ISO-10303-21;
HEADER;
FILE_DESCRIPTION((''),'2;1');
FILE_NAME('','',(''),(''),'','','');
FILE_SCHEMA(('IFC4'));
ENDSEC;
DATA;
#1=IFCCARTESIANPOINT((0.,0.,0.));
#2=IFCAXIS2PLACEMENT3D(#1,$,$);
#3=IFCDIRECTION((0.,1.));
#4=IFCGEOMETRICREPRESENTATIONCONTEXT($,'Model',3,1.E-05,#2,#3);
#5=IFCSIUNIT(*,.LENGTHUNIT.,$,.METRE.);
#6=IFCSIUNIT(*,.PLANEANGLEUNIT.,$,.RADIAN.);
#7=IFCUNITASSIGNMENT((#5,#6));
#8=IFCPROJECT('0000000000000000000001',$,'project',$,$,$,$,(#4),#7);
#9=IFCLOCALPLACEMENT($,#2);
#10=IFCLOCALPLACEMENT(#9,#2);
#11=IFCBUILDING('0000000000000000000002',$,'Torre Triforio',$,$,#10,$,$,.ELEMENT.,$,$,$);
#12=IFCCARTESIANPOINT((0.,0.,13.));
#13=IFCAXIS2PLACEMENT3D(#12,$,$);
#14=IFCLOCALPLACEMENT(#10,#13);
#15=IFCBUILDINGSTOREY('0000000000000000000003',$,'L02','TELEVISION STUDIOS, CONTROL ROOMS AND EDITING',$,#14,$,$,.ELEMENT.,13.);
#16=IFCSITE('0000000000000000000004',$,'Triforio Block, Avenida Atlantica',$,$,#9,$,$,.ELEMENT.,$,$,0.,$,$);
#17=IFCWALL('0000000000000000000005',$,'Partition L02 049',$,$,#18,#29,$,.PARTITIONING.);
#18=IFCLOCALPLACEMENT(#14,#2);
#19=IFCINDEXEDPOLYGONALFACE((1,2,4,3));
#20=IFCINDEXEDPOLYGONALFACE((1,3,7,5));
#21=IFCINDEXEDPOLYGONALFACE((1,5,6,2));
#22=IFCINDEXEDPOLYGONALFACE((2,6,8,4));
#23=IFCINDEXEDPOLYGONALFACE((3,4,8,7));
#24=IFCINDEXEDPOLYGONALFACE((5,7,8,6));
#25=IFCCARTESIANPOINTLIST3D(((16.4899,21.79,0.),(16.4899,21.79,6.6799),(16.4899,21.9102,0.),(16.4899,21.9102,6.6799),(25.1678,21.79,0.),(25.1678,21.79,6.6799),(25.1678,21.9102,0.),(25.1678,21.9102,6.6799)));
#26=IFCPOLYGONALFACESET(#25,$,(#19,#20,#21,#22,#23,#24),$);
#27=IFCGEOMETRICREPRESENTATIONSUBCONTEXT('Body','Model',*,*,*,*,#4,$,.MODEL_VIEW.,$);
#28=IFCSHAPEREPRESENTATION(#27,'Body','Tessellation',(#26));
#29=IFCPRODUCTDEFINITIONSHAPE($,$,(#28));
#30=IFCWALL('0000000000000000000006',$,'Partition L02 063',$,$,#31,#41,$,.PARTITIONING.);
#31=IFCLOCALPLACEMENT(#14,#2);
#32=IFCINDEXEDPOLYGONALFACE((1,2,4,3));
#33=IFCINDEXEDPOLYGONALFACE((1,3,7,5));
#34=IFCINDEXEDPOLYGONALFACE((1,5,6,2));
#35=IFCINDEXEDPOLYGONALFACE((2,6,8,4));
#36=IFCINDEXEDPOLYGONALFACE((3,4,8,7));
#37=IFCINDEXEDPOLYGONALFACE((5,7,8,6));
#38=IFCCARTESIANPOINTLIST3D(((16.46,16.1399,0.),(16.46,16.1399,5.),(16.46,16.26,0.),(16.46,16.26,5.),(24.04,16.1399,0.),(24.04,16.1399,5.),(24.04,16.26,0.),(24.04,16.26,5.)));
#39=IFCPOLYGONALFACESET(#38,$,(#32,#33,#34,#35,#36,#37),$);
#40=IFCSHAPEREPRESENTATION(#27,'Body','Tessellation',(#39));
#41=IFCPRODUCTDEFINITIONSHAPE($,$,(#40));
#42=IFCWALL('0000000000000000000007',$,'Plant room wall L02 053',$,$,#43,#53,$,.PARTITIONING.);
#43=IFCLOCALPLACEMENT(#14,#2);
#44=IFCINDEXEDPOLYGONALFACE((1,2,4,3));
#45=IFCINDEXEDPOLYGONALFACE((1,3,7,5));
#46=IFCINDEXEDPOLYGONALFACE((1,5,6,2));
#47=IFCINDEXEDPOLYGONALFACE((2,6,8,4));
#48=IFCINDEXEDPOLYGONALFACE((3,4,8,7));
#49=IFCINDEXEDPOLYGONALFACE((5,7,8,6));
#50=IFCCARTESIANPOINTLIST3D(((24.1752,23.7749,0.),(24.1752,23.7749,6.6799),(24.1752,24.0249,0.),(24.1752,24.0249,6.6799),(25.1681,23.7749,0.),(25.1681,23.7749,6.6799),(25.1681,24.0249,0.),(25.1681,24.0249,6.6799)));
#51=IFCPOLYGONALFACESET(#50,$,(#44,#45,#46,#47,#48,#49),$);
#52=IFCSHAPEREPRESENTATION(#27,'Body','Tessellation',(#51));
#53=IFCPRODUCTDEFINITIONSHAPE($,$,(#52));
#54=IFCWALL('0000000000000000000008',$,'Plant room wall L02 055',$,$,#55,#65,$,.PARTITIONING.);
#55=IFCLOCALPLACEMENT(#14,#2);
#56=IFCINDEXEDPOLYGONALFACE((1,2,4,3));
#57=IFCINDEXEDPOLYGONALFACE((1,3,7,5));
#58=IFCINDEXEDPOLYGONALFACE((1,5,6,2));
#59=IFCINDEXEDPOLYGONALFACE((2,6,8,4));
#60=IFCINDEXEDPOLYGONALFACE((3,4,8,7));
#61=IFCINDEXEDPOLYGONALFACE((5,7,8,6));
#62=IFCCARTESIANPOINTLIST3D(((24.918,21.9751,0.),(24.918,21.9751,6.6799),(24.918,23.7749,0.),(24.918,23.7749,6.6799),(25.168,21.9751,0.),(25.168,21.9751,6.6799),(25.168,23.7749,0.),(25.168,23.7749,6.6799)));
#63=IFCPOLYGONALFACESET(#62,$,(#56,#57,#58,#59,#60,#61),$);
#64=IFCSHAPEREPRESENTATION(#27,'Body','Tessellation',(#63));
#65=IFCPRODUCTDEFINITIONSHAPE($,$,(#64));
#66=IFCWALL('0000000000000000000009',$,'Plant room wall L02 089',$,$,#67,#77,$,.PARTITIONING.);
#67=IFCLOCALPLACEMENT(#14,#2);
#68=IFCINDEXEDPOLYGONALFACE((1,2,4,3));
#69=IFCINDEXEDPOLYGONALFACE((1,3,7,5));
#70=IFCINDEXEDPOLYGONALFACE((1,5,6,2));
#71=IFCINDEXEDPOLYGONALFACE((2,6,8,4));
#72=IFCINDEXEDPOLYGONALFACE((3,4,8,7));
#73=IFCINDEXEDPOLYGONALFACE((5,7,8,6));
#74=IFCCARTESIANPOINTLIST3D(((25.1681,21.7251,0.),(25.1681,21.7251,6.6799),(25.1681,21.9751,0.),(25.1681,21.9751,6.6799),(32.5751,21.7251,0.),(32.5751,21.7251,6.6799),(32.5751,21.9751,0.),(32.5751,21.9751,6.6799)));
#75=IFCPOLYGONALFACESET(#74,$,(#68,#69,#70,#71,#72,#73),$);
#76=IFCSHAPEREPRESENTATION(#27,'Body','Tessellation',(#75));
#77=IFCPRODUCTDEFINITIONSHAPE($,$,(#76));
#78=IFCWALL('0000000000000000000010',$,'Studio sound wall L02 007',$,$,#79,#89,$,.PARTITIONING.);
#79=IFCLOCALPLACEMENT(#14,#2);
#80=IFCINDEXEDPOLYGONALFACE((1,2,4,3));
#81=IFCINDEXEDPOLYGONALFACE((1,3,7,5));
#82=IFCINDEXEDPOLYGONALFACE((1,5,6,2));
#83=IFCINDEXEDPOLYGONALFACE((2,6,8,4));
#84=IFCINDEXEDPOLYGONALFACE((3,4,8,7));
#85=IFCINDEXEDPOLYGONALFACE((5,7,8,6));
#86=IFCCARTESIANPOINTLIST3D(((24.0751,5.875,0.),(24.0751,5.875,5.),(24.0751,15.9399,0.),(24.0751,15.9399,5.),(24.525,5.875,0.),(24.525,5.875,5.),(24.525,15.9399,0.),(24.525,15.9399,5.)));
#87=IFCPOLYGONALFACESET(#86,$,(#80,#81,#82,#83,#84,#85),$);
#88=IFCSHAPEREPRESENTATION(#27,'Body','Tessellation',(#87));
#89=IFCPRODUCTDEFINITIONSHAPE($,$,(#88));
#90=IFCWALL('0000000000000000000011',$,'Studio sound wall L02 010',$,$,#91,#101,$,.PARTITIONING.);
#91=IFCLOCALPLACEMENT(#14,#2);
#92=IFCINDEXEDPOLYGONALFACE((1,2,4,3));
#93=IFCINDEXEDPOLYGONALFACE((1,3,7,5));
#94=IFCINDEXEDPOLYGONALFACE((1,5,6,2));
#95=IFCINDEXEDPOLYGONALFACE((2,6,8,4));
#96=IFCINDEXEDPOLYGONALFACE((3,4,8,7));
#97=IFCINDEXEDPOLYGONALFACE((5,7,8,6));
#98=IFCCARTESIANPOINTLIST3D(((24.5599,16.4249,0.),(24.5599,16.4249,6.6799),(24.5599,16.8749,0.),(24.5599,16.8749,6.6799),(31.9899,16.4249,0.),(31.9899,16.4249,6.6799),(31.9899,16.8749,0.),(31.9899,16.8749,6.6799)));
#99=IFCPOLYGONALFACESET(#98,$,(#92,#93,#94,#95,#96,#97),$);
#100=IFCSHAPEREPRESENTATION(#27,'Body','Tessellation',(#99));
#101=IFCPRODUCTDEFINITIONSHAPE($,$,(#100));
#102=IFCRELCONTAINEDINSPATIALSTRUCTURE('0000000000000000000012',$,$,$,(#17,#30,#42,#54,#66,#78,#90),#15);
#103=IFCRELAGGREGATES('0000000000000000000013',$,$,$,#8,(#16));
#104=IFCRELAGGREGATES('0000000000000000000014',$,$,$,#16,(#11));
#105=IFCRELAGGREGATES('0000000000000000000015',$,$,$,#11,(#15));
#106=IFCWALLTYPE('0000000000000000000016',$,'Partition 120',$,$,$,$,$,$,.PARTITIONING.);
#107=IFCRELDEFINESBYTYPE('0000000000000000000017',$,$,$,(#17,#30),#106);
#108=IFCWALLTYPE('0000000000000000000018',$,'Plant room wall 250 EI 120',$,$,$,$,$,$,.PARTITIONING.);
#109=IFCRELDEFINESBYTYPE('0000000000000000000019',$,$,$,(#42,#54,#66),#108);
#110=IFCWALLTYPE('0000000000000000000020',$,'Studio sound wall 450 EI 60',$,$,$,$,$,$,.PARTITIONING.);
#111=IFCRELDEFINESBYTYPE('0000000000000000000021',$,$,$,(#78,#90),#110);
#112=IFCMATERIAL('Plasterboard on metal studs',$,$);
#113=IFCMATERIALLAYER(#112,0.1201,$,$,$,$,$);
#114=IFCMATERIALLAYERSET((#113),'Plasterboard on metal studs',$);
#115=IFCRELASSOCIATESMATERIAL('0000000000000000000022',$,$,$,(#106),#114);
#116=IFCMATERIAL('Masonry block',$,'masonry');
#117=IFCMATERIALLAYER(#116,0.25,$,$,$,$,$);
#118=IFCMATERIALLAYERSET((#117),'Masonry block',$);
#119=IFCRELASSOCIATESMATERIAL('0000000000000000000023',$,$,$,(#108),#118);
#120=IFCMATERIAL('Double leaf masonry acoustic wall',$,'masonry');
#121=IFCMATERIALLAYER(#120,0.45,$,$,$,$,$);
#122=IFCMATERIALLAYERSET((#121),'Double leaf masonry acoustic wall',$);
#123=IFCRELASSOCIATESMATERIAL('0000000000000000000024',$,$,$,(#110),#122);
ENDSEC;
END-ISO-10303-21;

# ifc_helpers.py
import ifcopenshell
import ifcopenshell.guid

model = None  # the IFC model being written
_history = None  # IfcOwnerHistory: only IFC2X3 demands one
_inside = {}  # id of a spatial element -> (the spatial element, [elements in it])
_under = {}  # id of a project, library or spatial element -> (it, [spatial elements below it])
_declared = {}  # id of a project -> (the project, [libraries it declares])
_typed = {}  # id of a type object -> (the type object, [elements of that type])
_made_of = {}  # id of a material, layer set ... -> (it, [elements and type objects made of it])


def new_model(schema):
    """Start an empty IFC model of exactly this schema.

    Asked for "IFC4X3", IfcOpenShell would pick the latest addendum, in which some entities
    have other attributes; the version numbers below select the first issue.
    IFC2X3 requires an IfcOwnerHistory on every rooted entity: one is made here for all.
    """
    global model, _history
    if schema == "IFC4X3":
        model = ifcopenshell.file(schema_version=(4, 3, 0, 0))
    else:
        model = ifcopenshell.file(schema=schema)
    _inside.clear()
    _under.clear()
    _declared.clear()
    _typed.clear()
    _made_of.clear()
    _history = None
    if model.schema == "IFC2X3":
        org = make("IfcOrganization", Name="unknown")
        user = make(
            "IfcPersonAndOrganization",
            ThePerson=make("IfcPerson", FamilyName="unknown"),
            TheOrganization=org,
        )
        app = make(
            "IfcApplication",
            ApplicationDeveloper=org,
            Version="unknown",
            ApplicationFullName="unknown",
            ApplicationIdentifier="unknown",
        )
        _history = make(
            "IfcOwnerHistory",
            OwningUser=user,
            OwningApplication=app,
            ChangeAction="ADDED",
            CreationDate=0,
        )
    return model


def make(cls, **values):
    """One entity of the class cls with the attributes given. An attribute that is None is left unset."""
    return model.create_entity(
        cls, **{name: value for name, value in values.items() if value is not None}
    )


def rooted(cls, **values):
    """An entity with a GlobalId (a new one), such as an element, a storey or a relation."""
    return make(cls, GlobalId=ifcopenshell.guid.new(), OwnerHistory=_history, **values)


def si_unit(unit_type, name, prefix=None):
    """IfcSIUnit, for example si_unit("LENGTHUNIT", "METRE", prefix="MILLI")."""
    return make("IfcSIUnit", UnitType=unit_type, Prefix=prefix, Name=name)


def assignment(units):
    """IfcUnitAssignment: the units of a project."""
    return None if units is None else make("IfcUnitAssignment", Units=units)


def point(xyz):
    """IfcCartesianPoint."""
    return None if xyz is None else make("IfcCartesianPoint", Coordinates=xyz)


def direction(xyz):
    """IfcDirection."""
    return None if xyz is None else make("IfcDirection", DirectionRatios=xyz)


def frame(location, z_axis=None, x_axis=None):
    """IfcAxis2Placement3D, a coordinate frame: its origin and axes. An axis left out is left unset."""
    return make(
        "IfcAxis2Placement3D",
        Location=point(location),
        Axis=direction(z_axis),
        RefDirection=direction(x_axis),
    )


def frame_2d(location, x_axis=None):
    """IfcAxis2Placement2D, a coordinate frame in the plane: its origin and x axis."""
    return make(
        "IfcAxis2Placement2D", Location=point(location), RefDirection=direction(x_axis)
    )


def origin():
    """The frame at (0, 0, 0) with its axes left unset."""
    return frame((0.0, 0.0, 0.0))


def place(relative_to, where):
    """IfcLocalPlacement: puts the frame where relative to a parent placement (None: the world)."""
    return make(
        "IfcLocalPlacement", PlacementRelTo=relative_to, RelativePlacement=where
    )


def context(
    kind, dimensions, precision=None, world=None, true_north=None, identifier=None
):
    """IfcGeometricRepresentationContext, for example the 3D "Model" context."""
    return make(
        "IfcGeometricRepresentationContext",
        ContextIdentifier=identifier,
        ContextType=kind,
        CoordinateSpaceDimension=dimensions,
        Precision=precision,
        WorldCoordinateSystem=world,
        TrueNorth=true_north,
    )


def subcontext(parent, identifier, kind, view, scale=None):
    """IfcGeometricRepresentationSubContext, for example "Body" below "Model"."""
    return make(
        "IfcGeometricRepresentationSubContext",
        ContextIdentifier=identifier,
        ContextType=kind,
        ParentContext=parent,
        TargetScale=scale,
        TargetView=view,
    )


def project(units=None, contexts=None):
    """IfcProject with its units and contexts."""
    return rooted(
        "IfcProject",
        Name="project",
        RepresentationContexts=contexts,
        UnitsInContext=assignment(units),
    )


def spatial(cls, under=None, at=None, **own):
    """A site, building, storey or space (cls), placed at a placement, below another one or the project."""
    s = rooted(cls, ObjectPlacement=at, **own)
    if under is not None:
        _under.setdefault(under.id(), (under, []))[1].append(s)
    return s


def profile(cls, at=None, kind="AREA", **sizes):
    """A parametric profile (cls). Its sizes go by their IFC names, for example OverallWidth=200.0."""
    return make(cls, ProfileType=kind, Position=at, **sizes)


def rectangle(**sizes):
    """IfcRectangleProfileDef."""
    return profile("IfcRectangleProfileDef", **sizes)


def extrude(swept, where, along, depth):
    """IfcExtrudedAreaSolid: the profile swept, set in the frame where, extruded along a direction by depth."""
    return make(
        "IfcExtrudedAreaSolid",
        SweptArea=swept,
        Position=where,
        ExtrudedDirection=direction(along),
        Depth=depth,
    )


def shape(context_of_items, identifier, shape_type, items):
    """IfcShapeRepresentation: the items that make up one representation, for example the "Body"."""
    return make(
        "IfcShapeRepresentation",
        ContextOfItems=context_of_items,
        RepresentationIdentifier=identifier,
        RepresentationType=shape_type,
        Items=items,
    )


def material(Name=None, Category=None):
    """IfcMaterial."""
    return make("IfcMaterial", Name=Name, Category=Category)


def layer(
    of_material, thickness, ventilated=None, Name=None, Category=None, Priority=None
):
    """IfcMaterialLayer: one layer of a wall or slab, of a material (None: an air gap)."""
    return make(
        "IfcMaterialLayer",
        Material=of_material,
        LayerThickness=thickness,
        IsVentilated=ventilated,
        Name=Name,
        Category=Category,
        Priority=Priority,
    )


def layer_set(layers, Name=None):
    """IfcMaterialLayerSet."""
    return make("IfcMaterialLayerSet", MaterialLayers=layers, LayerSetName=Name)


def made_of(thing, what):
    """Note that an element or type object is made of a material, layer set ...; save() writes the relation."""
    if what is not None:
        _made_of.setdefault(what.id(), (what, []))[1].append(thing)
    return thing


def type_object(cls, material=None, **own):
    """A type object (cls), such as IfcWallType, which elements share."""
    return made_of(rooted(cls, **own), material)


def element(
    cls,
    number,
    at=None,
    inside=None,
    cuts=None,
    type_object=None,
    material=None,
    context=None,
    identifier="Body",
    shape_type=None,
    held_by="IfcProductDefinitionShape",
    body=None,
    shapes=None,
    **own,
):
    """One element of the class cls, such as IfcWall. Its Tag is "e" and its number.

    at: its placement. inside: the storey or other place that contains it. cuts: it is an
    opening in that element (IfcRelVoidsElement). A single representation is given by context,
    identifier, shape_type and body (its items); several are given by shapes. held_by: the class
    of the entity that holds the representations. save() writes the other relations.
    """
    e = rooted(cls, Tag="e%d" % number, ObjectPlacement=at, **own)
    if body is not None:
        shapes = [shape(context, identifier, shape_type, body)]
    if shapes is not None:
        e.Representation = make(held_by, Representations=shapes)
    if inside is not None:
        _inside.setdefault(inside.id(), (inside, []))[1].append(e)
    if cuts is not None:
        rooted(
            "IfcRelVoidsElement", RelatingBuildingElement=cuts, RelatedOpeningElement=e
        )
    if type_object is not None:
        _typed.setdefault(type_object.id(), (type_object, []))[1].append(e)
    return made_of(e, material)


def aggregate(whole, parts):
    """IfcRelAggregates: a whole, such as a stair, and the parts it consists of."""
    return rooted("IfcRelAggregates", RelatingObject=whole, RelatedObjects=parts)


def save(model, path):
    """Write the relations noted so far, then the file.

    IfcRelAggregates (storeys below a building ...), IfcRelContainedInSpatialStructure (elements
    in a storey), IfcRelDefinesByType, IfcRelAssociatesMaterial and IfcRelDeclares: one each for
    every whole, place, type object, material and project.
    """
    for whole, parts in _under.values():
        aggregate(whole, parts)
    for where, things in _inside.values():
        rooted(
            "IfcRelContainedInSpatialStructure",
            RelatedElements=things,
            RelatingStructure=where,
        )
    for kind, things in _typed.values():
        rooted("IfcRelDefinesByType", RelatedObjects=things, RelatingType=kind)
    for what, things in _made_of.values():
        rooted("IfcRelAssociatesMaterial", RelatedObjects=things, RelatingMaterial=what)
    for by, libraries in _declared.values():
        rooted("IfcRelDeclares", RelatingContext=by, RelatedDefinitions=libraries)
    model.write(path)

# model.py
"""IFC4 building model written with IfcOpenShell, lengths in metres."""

from ifc_helpers import new_model, si_unit, direction, frame, frame_2d, origin, place, context, subcontext, project, spatial, rectangle, extrude, material, layer, layer_set, type_object, element, save


model = new_model("IFC4")

# Units and contexts
model_context = context("Model", 3, precision=1e-05, world=origin(), true_north=direction((0.0, 1.0)))
body_context = subcontext(model_context, "Body", "Model", "MODEL_VIEW")
ifc_project = project(units=[si_unit("LENGTHUNIT", "METRE"), si_unit("PLANEANGLEUNIT", "RADIAN")], contexts=[model_context])

# Site, building, storey
site_placement = place(None, origin())
site = spatial("IfcSite", under=ifc_project, at=site_placement, Name="Triforio Block, Avenida Atlantica", CompositionType="ELEMENT", RefElevation=0.0)
building_placement = place(site_placement, origin())
building = spatial("IfcBuilding", under=site, at=building_placement, Name="Torre Triforio", CompositionType="ELEMENT")
storey_placement = place(building_placement, frame((0.0, 0.0, 13.0)))
storey = spatial("IfcBuildingStorey", under=building, at=storey_placement, Name="L02", Description="TELEVISION STUDIOS, CONTROL ROOMS AND EDITING", CompositionType="ELEMENT", Elevation=13.0)

# Shared definitions
ifc_material_1 = material(Name="Plasterboard on metal studs")

# Walls
ifc_layer_1 = layer(ifc_material_1, 0.1201)
ifc_layer_set_1 = layer_set([ifc_layer_1], Name="Plasterboard on metal studs")
wall_type_1 = type_object("IfcWallType", Name="Partition 120", PredefinedType="PARTITIONING", material=ifc_layer_set_1)
wall_1_placement = place(storey_placement, frame((16.49, 21.8501, 0.0), z_axis=(0.0, 0.0, 1.0), x_axis=(1.0, 0.0, 0.0)))
element("IfcWall", 1, at=wall_1_placement, inside=storey, type_object=wall_type_1, Name="Partition L02 049", PredefinedType="PARTITIONING", context=body_context, shape_type="SweptSolid", body=[
    extrude(rectangle(XDim=8.678, YDim=0.1201, at=frame_2d((4.3389, 0.0))), origin(), (0.0, 0.0, 1.0), 6.6799),
])
wall_2_placement = place(storey_placement, frame((16.46, 16.2, 0.0), z_axis=(0.0, 0.0, 1.0), x_axis=(1.0, 0.0, 0.0)))
element("IfcWall", 2, at=wall_2_placement, inside=storey, type_object=wall_type_1, Name="Partition L02 063", PredefinedType="PARTITIONING", context=body_context, shape_type="SweptSolid", body=[
    extrude(rectangle(XDim=7.5801, YDim=0.1201, at=frame_2d((3.79, 0.0))), origin(), (0.0, 0.0, 1.0), 5.0),
])
ifc_material_2 = material(Name="Masonry block", Category="masonry")
ifc_layer_2 = layer(ifc_material_2, 0.25)
ifc_layer_set_2 = layer_set([ifc_layer_2], Name="Masonry block")
wall_type_2 = type_object("IfcWallType", Name="Plant room wall 250 EI 120", PredefinedType="PARTITIONING", material=ifc_layer_set_2)
wall_3_placement = place(storey_placement, frame((24.175, 23.8999, 0.0), z_axis=(0.0, 0.0, 1.0), x_axis=(1.0, 0.0, 0.0)))
element("IfcWall", 3, at=wall_3_placement, inside=storey, type_object=wall_type_2, Name="Plant room wall L02 053", PredefinedType="PARTITIONING", context=body_context, shape_type="SweptSolid", body=[
    extrude(rectangle(XDim=0.9929, YDim=0.25, at=frame_2d((0.4966, 0.0))), origin(), (0.0, 0.0, 1.0), 6.6799),
])
wall_4_placement = place(storey_placement, frame((25.043, 21.9751, 0.0), z_axis=(0.0, 0.0, 1.0), x_axis=(0.0, 1.0, 0.0)))
element("IfcWall", 4, at=wall_4_placement, inside=storey, type_object=wall_type_2, Name="Plant room wall L02 055", PredefinedType="PARTITIONING", context=body_context, shape_type="SweptSolid", body=[
    extrude(rectangle(XDim=1.7998, YDim=0.25, at=frame_2d((0.8999, 0.0))), origin(), (0.0, 0.0, 1.0), 6.6799),
])
wall_5_placement = place(storey_placement, frame((25.168, 21.8501, 0.0), z_axis=(0.0, 0.0, 1.0), x_axis=(1.0, 0.0, 0.0)))
element("IfcWall", 5, at=wall_5_placement, inside=storey, type_object=wall_type_2, Name="Plant room wall L02 089", PredefinedType="PARTITIONING", context=body_context, shape_type="SweptSolid", body=[
    extrude(rectangle(XDim=7.407, YDim=0.25, at=frame_2d((3.7036, 0.0))), origin(), (0.0, 0.0, 1.0), 6.6799),
])
ifc_material_3 = material(Name="Double leaf masonry acoustic wall", Category="masonry")
ifc_layer_3 = layer(ifc_material_3, 0.45)
ifc_layer_set_3 = layer_set([ifc_layer_3], Name="Double leaf masonry acoustic wall")
wall_type_3 = type_object("IfcWallType", Name="Studio sound wall 450 EI 60", PredefinedType="PARTITIONING", material=ifc_layer_set_3)
wall_6_placement = place(storey_placement, frame((24.3, 5.875, 0.0), z_axis=(0.0, 0.0, 1.0), x_axis=(0.0, 1.0, 0.0)))
element("IfcWall", 6, at=wall_6_placement, inside=storey, type_object=wall_type_3, Name="Studio sound wall L02 007", PredefinedType="PARTITIONING", context=body_context, shape_type="SweptSolid", body=[
    extrude(rectangle(XDim=10.0649, YDim=0.45, at=frame_2d((5.0325, 0.0))), origin(), (0.0, 0.0, 1.0), 5.0),
])
wall_7_placement = place(storey_placement, frame((24.5601, 16.6499, 0.0), z_axis=(0.0, 0.0, 1.0), x_axis=(1.0, 0.0, 0.0)))
element("IfcWall", 7, at=wall_7_placement, inside=storey, type_object=wall_type_3, Name="Studio sound wall L02 010", PredefinedType="PARTITIONING", context=body_context, shape_type="SweptSolid", body=[
    extrude(rectangle(XDim=7.4299, YDim=0.45, at=frame_2d((3.7148, 0.0))), origin(), (0.0, 0.0, 1.0), 6.6799),
])

save(model, "model.ifc")
